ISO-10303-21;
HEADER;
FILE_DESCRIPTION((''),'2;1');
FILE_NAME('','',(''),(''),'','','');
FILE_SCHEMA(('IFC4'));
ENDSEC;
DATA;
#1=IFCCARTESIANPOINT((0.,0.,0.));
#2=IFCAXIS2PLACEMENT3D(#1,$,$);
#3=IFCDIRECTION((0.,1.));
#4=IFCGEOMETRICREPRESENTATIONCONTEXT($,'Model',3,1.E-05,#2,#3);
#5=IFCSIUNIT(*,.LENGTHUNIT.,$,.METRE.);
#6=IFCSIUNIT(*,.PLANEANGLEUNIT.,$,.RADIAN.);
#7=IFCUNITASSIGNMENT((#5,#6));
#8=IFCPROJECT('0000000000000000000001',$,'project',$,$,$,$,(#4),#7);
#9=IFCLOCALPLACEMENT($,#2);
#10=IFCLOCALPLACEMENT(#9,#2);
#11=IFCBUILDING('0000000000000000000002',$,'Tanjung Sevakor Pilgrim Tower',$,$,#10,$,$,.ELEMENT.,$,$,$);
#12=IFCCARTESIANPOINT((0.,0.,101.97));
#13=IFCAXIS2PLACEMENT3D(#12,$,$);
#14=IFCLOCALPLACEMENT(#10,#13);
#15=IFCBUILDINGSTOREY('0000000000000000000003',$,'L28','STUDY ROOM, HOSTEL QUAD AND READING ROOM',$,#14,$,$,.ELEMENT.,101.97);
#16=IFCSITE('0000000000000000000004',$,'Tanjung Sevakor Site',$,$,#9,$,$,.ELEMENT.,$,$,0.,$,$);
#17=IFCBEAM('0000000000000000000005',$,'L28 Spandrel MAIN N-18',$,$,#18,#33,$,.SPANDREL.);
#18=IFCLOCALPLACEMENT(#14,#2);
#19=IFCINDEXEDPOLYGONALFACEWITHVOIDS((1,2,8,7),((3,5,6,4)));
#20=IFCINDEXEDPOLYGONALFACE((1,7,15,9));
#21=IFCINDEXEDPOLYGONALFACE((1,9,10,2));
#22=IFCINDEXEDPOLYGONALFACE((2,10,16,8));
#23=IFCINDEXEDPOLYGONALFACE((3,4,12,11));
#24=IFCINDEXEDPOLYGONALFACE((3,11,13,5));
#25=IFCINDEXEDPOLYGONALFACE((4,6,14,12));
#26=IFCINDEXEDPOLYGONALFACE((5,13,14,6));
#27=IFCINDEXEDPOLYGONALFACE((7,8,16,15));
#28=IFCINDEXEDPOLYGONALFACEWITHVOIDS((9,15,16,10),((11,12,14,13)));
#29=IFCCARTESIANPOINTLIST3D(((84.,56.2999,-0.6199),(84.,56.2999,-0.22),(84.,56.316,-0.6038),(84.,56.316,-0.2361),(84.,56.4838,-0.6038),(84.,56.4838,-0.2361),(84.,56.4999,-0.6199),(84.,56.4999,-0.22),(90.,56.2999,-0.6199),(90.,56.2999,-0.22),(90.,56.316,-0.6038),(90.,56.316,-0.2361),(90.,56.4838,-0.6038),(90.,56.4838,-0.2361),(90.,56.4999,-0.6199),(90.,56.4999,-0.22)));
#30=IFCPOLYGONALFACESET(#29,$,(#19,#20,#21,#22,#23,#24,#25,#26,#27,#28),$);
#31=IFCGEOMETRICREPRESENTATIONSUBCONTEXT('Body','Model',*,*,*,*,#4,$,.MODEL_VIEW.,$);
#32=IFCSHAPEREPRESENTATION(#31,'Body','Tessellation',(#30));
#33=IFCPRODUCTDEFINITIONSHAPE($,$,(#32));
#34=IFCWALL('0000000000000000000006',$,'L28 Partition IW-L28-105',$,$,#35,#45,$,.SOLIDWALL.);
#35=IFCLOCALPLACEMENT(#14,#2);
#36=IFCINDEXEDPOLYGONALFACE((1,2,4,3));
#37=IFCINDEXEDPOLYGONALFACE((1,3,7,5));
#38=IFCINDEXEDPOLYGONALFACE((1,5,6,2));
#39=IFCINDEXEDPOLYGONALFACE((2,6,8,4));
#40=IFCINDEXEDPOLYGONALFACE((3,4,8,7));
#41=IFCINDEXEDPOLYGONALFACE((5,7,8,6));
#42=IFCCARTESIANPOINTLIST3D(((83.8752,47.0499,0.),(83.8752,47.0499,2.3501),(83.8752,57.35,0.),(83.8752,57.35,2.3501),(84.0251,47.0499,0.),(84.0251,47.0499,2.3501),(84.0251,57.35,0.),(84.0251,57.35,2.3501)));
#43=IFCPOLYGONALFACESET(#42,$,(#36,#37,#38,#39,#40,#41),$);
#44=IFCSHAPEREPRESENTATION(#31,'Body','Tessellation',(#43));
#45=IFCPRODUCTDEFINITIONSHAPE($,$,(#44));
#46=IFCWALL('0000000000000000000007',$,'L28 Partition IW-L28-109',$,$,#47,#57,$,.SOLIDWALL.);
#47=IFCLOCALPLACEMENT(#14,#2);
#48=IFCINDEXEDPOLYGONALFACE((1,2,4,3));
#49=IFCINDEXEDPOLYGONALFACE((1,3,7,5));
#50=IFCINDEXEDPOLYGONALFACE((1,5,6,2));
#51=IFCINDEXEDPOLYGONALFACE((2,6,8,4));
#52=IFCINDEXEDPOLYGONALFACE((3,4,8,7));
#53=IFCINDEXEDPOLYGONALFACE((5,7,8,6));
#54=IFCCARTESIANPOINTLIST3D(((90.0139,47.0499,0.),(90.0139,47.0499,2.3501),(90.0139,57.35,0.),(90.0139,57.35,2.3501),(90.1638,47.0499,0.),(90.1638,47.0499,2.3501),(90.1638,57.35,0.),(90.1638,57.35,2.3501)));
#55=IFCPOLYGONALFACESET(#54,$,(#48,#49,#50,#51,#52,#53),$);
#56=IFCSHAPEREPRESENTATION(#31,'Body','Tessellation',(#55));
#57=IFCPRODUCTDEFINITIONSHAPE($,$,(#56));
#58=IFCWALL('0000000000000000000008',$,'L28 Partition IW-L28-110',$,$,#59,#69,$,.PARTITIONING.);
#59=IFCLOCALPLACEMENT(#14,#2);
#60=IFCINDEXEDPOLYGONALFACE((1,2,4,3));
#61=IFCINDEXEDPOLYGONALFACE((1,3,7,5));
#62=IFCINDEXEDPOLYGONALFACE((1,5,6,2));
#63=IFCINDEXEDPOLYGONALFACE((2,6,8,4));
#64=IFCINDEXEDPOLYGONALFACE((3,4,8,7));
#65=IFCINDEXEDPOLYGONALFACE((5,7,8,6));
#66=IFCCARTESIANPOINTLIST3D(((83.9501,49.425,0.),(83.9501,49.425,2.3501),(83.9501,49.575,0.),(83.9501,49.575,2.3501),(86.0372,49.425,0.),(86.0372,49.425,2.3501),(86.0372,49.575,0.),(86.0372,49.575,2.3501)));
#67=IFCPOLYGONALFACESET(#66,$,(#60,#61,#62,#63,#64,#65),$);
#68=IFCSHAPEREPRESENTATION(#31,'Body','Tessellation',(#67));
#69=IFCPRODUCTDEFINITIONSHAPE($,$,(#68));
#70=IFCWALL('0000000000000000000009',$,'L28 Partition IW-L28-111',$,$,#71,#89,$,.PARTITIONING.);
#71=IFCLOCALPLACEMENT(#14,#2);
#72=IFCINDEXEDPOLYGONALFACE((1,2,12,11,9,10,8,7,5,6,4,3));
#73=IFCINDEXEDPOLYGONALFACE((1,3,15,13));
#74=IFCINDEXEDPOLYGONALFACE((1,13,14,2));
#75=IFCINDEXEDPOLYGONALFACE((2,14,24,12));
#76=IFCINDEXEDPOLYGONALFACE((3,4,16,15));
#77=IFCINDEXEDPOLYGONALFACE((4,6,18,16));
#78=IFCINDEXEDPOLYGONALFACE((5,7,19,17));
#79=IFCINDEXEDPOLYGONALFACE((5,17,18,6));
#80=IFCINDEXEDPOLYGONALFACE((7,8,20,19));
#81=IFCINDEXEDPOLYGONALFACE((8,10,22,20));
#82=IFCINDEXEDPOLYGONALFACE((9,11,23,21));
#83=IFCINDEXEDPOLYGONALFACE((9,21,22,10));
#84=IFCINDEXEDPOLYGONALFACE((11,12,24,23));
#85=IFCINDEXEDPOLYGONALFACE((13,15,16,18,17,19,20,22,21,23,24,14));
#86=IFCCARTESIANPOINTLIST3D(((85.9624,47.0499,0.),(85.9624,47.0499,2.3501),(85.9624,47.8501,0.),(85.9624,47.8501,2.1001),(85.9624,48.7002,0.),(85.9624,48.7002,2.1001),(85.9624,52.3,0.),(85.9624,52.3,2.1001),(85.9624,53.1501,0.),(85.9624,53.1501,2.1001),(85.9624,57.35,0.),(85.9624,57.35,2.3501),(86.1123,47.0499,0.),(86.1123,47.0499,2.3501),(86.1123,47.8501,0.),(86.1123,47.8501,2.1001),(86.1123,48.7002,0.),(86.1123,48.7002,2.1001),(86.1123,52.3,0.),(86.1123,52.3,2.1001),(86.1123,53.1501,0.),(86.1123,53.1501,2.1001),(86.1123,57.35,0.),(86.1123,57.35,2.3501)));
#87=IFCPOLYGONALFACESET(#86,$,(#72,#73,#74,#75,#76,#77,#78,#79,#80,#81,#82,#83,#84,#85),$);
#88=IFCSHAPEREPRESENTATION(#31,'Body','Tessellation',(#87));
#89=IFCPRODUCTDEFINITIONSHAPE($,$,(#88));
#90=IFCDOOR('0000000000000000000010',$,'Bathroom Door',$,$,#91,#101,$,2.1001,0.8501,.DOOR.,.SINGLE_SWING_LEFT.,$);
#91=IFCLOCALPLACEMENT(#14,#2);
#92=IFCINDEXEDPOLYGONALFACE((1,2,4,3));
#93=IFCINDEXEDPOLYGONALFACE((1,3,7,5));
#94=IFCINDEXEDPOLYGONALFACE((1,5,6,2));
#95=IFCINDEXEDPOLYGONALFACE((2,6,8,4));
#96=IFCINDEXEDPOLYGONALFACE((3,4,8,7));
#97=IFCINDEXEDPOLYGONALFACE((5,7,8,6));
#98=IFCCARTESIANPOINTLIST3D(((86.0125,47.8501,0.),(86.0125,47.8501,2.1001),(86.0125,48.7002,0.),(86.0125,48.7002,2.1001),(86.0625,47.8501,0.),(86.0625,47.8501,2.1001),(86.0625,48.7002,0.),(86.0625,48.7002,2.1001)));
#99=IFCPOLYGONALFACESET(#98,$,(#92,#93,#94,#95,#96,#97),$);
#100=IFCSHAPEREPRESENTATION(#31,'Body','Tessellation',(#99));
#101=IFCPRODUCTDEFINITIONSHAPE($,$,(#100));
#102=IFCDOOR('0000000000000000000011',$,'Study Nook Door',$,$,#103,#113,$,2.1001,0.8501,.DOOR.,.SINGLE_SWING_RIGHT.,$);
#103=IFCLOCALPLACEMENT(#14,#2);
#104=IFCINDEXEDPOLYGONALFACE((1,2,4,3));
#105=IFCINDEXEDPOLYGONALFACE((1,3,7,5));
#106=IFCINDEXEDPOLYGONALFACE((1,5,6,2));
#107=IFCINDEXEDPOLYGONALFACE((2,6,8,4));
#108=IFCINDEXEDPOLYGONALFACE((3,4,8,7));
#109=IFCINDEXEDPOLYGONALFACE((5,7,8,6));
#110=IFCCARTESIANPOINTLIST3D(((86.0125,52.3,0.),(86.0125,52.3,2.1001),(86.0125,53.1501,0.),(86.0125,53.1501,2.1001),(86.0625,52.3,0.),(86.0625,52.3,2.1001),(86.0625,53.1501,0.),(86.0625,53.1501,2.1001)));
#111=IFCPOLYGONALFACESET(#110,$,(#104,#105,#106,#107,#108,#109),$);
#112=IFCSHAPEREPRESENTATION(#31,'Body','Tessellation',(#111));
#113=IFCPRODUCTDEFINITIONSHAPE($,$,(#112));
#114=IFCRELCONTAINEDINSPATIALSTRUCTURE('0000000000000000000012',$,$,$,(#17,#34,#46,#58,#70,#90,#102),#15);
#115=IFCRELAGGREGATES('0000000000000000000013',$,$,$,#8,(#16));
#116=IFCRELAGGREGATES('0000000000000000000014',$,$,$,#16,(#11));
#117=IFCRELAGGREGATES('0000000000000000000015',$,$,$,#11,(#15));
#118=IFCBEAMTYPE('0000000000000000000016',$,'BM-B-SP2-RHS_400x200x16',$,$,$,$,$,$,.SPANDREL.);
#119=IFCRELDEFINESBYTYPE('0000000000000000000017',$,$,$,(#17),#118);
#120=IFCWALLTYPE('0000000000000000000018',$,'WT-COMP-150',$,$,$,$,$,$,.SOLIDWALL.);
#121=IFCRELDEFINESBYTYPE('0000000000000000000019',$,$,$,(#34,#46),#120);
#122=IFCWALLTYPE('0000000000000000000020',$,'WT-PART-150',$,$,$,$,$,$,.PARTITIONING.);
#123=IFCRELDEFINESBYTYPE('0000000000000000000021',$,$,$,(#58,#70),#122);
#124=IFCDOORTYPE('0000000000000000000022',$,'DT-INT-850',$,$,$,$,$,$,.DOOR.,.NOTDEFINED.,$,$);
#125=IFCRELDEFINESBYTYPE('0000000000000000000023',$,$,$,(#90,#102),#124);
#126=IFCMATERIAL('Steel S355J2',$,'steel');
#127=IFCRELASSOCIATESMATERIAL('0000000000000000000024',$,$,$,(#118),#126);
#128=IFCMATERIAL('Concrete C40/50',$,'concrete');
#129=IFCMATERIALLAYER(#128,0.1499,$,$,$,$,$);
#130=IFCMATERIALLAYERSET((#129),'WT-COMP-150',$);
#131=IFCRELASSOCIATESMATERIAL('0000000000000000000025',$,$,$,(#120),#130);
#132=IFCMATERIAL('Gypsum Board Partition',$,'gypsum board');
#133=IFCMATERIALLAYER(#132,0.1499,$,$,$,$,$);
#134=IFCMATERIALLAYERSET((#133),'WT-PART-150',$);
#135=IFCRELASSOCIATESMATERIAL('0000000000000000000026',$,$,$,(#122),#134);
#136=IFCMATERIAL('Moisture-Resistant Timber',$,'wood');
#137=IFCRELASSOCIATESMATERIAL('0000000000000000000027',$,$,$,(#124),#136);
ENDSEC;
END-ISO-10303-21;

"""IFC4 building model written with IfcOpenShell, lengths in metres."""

from ifc_helpers import new_model, si_unit, direction, frame, frame_2d, origin, origin_2d, place, context, subcontext, project, spatial, rectangle, hollow_rectangle, extrude, material, layer, layer_set, material_profile, profile_set, type_object, element, fill, save


model = new_model("IFC4")

# Units and contexts
model_context = context("Model", 3, precision=1e-05, world=origin(), true_north=direction((0.0, 1.0)))
body_context = subcontext(model_context, "Body", "Model", "MODEL_VIEW")
ifc_project = project(units=[si_unit("LENGTHUNIT", "METRE"), si_unit("PLANEANGLEUNIT", "RADIAN")], contexts=[model_context])

# Site, building, storey
site_placement = place(None, origin())
site = spatial("IfcSite", under=ifc_project, at=site_placement, Name="Tanjung Sevakor Site", CompositionType="ELEMENT", RefElevation=0.0)
building_placement = place(site_placement, origin())
building = spatial("IfcBuilding", under=site, at=building_placement, Name="Tanjung Sevakor Pilgrim Tower", CompositionType="ELEMENT")
storey_placement = place(building_placement, frame((0.0, 0.0, 101.97)))
storey = spatial("IfcBuildingStorey", under=building, at=storey_placement, Name="L28", Description="STUDY ROOM, HOSTEL QUAD AND READING ROOM", CompositionType="ELEMENT", Elevation=101.97)

# Beam
ifc_material_1 = material(Name="Steel S355J2", Category="steel")
ifc_material_profile_1 = material_profile(ifc_material_1, hollow_rectangle(XDim=0.2, YDim=0.3999, WallThickness=0.0161, at=origin_2d()))
ifc_profile_set_1 = profile_set([ifc_material_profile_1], Name="Steel S355J2")
beam_type_1 = type_object("IfcBeamType", Name="BM-B-SP2-RHS_400x200x16", PredefinedType="SPANDREL", material=ifc_profile_set_1)
beam_1_placement = place(storey_placement, frame((84.0, 56.3999, -0.4199), z_axis=(1.0, 0.0, 0.0), x_axis=(0.0, 1.0, 0.0)))
element("IfcBeam", 1, at=beam_1_placement, inside=storey, type_object=beam_type_1, Name="L28 Spandrel MAIN N-18", PredefinedType="SPANDREL", context=body_context, shape_type="SweptSolid", body=[
    extrude(hollow_rectangle(XDim=0.2, YDim=0.3999, WallThickness=0.0161, at=origin_2d()), origin(), (0.0, 0.0, 1.0), 6.0),
])

# Walls
ifc_material_2 = material(Name="Concrete C40/50", Category="concrete")
ifc_layer_1 = layer(ifc_material_2, 0.1499)
ifc_layer_set_1 = layer_set([ifc_layer_1], Name="WT-COMP-150")
wall_type_1 = type_object("IfcWallType", Name="WT-COMP-150", PredefinedType="SOLIDWALL", material=ifc_layer_set_1)
for number, where, z_axis, x_axis, name in (
    (2, (83.9502, 47.05, 0.0), (0.0, 0.0, 1.0), (0.0, 1.0, 0.0), "L28 Partition IW-L28-105"),
    (3, (90.0889, 47.05, 0.0), (0.0, 0.0, 1.0), (0.0, 1.0, 0.0), "L28 Partition IW-L28-109"),
):
    element("IfcWall", number, at=place(storey_placement, frame(where, z_axis=z_axis, x_axis=x_axis)), inside=storey, type_object=wall_type_1, Name=name, PredefinedType="SOLIDWALL", context=body_context, shape_type="SweptSolid", body=[
        extrude(rectangle(XDim=10.3, YDim=0.1499, at=frame_2d((5.1499, 0.0))), origin(), (0.0, 0.0, 1.0), 2.3501),
    ])

# Wall
ifc_material_3 = material(Name="Gypsum Board Partition", Category="gypsum board")
ifc_layer_2 = layer(ifc_material_3, 0.1499)
ifc_layer_set_2 = layer_set([ifc_layer_2], Name="WT-PART-150")
wall_type_2 = type_object("IfcWallType", Name="WT-PART-150", PredefinedType="PARTITIONING", material=ifc_layer_set_2)
wall_1_placement = place(storey_placement, frame((83.9502, 49.5, 0.0), z_axis=(0.0, 0.0, 1.0), x_axis=(1.0, 0.0, 0.0)))
element("IfcWall", 4, at=wall_1_placement, inside=storey, type_object=wall_type_2, Name="L28 Partition IW-L28-110", PredefinedType="PARTITIONING", context=body_context, shape_type="SweptSolid", body=[
    extrude(rectangle(XDim=2.0872, YDim=0.1499, at=frame_2d((1.0435, 0.0))), origin(), (0.0, 0.0, 1.0), 2.3501),
])

# Wall, openings, doors
wall_2_placement = place(storey_placement, frame((86.0374, 47.05, 0.0), z_axis=(0.0, 0.0, 1.0), x_axis=(0.0, 1.0, 0.0)))
wall_2 = element("IfcWall", 5, at=wall_2_placement, inside=storey, type_object=wall_type_2, Name="L28 Partition IW-L28-111", PredefinedType="PARTITIONING", context=body_context, shape_type="SweptSolid", body=[
    extrude(rectangle(XDim=10.3, YDim=0.1499, at=frame_2d((5.1499, 0.0))), origin(), (0.0, 0.0, 1.0), 2.3501),
])
opening_1_placement = place(wall_2_placement, frame((0.8, 0.0, 0.0)))
opening_1 = element("IfcOpeningElement", 6, at=opening_1_placement, cuts=wall_2, PredefinedType="OPENING", context=body_context, shape_type="SweptSolid", body=[
    extrude(rectangle(XDim=0.8501, YDim=2.1001, at=frame_2d((0.425, 1.05))), frame((0.0, 0.085, 0.0), z_axis=(0.0, -1.0, 0.0), x_axis=(1.0, 0.0, 0.0)), (0.0, 0.0, 1.0), 0.1699),
])
opening_2_placement = place(wall_2_placement, frame((5.25, 0.0, 0.0)))
opening_2 = element("IfcOpeningElement", 7, at=opening_2_placement, cuts=wall_2, PredefinedType="OPENING", context=body_context, shape_type="SweptSolid", body=[
    extrude(rectangle(XDim=0.8501, YDim=2.1001, at=frame_2d((0.425, 1.05))), frame((0.0, 0.085, 0.0), z_axis=(0.0, -1.0, 0.0), x_axis=(1.0, 0.0, 0.0)), (0.0, 0.0, 1.0), 0.1699),
])
ifc_material_4 = material(Name="Moisture-Resistant Timber", Category="wood")
door_type_1 = type_object("IfcDoorType", Name="DT-INT-850", OperationType="NOTDEFINED", PredefinedType="DOOR", material=ifc_material_4)
door_1_placement = place(opening_1_placement, origin())
door_1 = element("IfcDoor", 8, at=door_1_placement, inside=storey, type_object=door_type_1, Name="Bathroom Door", OperationType="SINGLE_SWING_LEFT", OverallHeight=2.1001, OverallWidth=0.8501, PredefinedType="DOOR", context=body_context, shape_type="SweptSolid", body=[
    extrude(rectangle(XDim=0.8501, YDim=2.1001, at=frame_2d((0.425, 1.05))), frame((0.0, 0.0249, 0.0), z_axis=(0.0, -1.0, 0.0), x_axis=(1.0, 0.0, 0.0)), (0.0, 0.0, 1.0), 0.05),
])
fill(opening_1, door_1)
door_2_placement = place(opening_2_placement, origin())
door_2 = element("IfcDoor", 9, at=door_2_placement, inside=storey, type_object=door_type_1, Name="Study Nook Door", OperationType="SINGLE_SWING_RIGHT", OverallHeight=2.1001, OverallWidth=0.8501, PredefinedType="DOOR", context=body_context, shape_type="SweptSolid", body=[
    extrude(rectangle(XDim=0.8501, YDim=2.1001, at=frame_2d((0.425, 1.05))), frame((0.0, 0.0249, 0.0), z_axis=(0.0, -1.0, 0.0), x_axis=(1.0, 0.0, 0.0)), (0.0, 0.0, 1.0), 0.05),
])
fill(opening_2, door_2)

save(model, "model.ifc")
